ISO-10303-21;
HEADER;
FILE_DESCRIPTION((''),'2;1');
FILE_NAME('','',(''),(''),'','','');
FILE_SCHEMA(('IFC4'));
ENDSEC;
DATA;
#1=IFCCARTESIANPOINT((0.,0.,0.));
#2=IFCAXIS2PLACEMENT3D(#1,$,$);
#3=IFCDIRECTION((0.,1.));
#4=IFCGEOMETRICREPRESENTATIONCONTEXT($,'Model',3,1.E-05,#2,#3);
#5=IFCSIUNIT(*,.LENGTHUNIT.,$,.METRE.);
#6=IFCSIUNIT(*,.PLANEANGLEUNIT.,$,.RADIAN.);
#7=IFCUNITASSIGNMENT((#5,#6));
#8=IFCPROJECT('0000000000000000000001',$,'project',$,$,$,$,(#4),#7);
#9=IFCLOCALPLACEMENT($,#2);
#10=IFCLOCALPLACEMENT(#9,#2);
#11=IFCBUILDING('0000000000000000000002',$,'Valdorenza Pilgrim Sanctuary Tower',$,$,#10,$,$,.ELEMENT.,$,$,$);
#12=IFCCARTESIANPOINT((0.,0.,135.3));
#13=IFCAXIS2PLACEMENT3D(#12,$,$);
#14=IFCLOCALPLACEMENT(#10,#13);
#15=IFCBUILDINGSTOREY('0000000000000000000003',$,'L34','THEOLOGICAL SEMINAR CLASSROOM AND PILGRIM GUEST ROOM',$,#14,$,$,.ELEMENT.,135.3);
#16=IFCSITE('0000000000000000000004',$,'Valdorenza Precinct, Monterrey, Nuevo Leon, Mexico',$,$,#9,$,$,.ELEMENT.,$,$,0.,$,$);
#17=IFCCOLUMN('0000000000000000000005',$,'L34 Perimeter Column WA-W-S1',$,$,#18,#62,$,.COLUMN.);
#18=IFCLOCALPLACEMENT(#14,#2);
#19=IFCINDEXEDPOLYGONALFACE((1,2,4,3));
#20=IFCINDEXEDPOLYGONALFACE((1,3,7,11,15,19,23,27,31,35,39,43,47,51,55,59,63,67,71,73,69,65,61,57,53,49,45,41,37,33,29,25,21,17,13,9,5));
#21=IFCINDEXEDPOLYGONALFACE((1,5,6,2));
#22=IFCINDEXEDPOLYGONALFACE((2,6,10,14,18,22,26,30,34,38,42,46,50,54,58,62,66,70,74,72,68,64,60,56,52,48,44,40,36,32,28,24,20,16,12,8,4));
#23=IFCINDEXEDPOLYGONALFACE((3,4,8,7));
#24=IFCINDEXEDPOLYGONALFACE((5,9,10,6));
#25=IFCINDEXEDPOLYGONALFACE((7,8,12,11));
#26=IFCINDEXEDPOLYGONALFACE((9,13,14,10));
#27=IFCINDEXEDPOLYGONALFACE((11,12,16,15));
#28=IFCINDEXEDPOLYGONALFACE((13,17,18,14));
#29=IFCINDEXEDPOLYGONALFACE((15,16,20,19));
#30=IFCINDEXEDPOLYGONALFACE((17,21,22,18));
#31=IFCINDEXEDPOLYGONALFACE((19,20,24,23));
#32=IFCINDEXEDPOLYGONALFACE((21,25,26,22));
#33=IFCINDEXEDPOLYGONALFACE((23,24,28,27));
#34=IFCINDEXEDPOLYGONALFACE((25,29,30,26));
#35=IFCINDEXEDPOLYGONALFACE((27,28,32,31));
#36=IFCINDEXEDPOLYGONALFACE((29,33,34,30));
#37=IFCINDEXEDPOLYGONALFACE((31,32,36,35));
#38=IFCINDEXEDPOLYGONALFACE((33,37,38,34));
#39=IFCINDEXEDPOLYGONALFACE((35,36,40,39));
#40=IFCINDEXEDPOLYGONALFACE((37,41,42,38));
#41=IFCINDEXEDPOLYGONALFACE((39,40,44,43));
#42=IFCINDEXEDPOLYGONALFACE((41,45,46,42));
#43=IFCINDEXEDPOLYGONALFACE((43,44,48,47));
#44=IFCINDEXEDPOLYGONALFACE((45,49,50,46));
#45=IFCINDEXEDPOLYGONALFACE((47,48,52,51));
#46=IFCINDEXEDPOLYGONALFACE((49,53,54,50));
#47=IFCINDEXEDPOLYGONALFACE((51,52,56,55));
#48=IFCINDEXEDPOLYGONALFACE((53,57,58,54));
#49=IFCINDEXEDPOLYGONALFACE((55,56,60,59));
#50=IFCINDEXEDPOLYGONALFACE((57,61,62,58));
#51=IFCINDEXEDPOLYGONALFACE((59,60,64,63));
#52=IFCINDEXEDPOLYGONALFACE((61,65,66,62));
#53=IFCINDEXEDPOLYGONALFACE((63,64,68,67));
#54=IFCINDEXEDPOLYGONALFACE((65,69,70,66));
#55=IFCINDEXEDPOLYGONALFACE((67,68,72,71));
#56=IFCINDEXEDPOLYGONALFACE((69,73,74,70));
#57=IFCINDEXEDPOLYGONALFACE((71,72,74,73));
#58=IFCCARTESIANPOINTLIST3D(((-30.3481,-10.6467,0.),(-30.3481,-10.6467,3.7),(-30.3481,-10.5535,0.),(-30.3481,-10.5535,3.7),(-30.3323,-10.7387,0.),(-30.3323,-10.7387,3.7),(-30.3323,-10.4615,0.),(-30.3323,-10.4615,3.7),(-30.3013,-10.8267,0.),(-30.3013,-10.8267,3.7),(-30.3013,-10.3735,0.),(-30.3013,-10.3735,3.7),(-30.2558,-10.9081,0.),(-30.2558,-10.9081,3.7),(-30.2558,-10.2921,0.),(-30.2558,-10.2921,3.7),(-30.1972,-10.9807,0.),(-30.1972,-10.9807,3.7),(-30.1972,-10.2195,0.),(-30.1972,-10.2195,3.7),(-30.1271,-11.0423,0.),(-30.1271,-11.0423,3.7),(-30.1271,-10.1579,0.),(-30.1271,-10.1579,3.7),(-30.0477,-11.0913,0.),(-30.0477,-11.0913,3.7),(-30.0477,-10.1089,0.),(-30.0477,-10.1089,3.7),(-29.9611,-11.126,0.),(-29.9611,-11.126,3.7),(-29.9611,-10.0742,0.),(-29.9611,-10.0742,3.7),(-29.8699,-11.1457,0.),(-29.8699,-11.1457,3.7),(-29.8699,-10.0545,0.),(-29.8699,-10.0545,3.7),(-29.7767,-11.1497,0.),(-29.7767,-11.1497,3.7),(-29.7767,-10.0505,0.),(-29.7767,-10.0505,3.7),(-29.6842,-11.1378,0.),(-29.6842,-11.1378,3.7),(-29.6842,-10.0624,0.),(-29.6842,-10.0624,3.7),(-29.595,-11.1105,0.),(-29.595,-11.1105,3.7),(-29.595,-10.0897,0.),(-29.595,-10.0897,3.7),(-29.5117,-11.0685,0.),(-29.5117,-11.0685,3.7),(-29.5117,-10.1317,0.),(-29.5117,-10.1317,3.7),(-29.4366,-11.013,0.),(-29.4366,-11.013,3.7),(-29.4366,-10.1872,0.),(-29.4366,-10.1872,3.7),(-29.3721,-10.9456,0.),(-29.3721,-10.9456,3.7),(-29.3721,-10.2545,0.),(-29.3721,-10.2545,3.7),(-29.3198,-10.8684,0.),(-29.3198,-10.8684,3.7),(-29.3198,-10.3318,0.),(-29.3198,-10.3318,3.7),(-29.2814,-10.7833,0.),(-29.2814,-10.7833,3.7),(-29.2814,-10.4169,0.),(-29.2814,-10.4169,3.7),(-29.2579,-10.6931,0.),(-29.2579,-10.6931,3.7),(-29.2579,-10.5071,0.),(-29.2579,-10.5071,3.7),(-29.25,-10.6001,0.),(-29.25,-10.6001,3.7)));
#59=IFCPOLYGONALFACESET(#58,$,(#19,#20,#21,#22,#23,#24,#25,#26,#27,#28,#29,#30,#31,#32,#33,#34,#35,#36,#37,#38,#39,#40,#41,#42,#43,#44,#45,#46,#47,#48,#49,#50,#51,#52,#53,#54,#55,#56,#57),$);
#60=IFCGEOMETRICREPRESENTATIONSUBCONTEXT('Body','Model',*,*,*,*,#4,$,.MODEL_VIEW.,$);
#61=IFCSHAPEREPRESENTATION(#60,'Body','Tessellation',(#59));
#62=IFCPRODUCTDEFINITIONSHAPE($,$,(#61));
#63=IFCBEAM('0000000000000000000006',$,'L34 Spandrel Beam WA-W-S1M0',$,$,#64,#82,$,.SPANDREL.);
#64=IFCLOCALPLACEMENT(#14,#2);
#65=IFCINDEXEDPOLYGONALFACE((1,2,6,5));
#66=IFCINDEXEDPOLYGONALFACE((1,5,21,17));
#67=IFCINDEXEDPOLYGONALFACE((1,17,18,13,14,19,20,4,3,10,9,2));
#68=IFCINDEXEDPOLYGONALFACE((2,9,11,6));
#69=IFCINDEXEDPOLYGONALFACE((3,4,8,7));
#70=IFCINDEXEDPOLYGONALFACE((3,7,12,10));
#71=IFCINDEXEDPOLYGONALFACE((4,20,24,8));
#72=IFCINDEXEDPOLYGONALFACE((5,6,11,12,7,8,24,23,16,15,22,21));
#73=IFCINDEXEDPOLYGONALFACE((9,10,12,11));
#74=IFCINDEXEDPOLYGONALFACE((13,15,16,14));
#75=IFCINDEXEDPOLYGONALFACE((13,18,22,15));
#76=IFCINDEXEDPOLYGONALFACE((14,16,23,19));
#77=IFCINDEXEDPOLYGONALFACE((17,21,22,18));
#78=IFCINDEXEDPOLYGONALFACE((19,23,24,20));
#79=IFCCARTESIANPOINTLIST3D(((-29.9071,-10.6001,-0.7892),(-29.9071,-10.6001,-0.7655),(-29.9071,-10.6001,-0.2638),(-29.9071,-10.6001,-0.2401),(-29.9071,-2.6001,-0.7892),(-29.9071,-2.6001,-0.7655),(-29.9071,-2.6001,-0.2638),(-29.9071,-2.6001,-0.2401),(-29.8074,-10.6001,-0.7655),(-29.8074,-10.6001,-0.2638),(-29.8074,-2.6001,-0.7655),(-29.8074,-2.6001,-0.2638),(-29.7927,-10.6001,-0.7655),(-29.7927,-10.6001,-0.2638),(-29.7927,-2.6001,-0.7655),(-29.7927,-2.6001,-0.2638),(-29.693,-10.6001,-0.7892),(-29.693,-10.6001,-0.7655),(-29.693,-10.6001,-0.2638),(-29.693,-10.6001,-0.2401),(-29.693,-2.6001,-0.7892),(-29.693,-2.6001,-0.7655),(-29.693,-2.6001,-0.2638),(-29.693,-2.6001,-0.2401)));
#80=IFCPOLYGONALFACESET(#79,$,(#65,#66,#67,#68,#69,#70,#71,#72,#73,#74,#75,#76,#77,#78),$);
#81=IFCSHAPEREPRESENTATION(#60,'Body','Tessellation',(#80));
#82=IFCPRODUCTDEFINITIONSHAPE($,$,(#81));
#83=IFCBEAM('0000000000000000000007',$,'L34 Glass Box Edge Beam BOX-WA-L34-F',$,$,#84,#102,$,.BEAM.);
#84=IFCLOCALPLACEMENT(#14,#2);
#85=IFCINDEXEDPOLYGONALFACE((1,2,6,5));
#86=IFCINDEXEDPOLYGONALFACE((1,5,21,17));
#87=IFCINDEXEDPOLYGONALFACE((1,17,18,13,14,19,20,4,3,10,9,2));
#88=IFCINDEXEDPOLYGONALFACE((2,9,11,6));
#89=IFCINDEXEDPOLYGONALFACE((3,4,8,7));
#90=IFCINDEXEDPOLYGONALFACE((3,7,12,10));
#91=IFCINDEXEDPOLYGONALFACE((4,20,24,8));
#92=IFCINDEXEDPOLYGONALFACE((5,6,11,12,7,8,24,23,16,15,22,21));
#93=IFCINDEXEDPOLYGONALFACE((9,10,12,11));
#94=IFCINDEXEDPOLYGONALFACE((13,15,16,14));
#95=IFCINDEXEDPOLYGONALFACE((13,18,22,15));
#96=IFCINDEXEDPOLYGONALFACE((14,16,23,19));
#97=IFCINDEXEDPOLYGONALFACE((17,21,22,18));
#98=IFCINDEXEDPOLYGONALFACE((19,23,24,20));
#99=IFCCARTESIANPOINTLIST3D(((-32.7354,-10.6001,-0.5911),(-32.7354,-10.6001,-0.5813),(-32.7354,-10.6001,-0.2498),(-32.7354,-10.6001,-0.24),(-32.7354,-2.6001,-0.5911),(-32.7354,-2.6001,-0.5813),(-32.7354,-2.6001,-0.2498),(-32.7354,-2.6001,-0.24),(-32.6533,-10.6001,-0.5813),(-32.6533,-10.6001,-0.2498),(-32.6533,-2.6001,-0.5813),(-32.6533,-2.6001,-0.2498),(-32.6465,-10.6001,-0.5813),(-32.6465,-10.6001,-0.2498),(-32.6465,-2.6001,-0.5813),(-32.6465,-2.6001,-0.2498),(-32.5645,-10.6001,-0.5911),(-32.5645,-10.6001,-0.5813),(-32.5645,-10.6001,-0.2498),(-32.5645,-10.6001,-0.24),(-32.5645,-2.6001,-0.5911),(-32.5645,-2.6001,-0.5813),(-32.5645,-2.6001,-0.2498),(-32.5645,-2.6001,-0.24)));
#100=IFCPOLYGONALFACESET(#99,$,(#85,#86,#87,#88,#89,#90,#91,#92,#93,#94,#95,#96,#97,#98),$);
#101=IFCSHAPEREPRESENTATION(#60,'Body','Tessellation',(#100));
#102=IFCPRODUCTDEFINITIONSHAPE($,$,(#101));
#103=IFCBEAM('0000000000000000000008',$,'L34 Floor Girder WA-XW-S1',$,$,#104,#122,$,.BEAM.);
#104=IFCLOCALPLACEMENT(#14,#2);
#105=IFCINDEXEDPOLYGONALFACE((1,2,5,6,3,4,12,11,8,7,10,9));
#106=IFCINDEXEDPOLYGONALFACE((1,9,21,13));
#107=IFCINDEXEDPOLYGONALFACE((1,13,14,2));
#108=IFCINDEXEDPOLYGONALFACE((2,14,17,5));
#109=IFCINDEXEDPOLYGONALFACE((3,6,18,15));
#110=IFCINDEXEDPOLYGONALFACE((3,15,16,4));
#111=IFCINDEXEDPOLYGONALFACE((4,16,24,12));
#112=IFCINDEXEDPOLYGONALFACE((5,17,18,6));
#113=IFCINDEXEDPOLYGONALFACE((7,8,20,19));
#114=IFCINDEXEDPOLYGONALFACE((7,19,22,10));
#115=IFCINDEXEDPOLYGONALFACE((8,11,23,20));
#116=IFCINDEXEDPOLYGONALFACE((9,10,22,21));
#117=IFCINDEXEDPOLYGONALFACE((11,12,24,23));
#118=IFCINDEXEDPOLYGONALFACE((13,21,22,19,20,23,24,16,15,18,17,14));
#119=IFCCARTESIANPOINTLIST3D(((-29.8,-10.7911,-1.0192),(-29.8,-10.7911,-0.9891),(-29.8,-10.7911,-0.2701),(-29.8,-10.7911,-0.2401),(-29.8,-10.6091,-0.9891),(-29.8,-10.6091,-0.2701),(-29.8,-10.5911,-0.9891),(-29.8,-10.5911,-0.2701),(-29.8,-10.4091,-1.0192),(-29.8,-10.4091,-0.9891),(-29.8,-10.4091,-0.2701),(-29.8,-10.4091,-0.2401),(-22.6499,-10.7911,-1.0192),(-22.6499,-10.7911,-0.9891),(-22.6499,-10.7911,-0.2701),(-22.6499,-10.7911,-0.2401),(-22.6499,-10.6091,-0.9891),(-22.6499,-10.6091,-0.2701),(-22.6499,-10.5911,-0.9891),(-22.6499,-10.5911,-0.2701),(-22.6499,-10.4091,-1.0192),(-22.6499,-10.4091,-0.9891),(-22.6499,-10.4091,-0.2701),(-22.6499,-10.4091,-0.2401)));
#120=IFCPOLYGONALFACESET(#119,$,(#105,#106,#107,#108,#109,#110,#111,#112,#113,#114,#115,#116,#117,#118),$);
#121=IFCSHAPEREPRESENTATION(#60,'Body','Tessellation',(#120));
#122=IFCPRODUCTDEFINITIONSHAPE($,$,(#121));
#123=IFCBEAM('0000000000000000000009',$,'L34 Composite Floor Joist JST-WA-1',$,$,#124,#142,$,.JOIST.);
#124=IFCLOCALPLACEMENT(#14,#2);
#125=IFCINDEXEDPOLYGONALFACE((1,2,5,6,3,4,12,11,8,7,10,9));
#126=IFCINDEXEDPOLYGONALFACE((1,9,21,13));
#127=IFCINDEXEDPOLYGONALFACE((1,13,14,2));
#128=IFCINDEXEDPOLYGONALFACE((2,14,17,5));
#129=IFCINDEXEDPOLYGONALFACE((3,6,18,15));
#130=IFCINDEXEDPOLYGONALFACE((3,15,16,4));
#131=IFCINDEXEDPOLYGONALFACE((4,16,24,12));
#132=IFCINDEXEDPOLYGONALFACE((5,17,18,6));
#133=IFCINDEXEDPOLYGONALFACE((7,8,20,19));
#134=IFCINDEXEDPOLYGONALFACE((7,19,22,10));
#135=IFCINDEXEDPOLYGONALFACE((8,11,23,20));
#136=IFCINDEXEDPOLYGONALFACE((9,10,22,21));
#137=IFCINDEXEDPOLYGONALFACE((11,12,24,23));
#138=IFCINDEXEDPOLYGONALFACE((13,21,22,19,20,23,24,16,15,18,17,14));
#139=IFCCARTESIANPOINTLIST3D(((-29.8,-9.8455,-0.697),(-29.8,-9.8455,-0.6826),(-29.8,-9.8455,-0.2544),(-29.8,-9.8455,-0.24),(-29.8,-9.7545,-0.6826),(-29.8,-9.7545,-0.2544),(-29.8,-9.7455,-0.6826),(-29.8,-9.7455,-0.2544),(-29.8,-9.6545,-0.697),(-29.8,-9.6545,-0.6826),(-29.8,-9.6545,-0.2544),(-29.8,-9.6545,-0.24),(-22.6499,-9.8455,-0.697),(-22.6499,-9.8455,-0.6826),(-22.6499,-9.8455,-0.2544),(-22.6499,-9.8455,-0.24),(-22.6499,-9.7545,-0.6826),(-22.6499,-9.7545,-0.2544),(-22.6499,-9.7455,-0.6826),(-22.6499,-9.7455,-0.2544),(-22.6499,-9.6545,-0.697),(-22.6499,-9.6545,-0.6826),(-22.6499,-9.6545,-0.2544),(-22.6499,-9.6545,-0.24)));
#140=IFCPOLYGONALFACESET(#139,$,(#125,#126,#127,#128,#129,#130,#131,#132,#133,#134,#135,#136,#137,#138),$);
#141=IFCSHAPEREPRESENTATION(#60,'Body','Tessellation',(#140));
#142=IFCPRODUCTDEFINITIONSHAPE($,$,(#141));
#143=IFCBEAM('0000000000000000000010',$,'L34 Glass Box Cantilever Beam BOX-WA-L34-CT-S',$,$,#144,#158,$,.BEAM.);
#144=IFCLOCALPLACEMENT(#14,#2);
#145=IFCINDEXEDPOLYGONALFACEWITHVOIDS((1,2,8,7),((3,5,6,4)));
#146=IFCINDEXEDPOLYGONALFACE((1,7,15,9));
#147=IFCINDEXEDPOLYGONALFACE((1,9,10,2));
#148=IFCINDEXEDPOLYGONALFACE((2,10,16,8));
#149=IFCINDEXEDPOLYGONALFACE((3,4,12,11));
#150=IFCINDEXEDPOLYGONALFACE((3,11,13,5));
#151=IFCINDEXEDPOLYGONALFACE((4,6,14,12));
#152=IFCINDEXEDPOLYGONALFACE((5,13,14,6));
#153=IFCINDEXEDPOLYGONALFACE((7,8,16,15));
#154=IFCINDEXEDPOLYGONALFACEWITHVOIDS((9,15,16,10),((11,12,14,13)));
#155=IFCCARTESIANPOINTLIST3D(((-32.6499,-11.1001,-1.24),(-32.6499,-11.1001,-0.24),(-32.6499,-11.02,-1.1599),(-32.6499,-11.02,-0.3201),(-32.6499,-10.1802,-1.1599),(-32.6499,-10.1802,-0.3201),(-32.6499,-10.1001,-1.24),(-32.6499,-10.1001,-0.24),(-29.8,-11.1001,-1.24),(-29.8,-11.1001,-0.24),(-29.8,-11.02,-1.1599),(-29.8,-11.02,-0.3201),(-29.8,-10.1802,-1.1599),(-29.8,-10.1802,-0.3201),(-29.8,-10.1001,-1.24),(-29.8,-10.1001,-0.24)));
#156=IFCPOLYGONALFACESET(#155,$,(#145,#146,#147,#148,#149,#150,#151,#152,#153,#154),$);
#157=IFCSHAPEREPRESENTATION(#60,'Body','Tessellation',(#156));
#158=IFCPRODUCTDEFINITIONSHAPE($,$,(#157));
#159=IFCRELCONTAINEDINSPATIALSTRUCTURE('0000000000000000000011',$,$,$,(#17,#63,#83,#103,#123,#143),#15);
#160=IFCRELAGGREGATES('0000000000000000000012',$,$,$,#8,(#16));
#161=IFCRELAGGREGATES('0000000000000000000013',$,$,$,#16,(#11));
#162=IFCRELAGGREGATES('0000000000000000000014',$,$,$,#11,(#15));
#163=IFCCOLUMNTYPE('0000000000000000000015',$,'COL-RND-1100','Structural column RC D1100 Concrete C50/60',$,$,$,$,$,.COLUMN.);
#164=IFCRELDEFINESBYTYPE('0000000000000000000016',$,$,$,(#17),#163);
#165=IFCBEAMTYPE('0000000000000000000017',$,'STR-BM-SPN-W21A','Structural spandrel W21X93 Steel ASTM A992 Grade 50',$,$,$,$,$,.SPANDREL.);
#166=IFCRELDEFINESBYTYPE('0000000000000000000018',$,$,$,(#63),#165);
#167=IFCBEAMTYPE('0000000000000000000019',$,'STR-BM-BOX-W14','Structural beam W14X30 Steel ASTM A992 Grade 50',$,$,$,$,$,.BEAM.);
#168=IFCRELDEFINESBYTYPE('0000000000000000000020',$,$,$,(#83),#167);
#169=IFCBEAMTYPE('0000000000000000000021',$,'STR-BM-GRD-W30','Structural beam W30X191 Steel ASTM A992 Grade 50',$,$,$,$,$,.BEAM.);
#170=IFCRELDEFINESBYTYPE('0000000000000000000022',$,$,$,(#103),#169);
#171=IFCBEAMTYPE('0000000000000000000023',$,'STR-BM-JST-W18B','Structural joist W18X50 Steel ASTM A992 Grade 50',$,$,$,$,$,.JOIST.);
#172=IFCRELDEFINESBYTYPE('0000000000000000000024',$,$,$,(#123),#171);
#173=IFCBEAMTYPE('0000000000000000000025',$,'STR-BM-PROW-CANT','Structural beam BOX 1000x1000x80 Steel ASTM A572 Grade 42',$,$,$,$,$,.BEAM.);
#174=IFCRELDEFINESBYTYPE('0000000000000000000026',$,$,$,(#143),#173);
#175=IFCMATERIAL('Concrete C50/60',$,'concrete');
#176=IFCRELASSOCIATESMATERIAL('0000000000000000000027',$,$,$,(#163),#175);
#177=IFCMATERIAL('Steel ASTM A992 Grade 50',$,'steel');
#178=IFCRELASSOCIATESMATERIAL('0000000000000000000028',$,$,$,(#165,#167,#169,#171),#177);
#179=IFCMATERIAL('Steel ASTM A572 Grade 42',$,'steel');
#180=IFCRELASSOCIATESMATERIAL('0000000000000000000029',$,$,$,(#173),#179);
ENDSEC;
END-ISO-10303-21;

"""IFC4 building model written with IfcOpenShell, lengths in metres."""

from ifc_helpers import new_model, si_unit, direction, frame, origin, origin_2d, place, context, subcontext, project, spatial, hollow_rectangle, circle, i_section, extrude, source, transform, mapped, material, material_profile, profile_set, type_object, element, save


model = new_model("IFC4")

# Units and contexts
model_context = context("Model", 3, precision=1e-05, world=origin(), true_north=direction((0.0, 1.0)))
body_context = subcontext(model_context, "Body", "Model", "MODEL_VIEW")
ifc_project = project(units=[si_unit("LENGTHUNIT", "METRE"), si_unit("PLANEANGLEUNIT", "RADIAN")], contexts=[model_context])

# Site, building, storey
site_placement = place(None, origin())
site = spatial("IfcSite", under=ifc_project, at=site_placement, Name="Valdorenza Precinct, Monterrey, Nuevo Leon, Mexico", CompositionType="ELEMENT", RefElevation=0.0)
building_placement = place(site_placement, origin())
building = spatial("IfcBuilding", under=site, at=building_placement, Name="Valdorenza Pilgrim Sanctuary Tower", CompositionType="ELEMENT")
storey_placement = place(building_placement, frame((0.0, 0.0, 135.3)))
storey = spatial("IfcBuildingStorey", under=building, at=storey_placement, Name="L34", Description="THEOLOGICAL SEMINAR CLASSROOM AND PILGRIM GUEST ROOM", CompositionType="ELEMENT", Elevation=135.3)

# Column
ifc_material_1 = material(Name="Concrete C50/60", Category="concrete")
ifc_material_profile_1 = material_profile(ifc_material_1, circle(Radius=0.55, at=origin_2d()), Name="RC D1100")
ifc_profile_set_1 = profile_set([ifc_material_profile_1], Name="Concrete C50/60")
column_type = type_object("IfcColumnType", Name="COL-RND-1100", Description="Structural column RC D1100 Concrete C50/60", PredefinedType="COLUMN", material=ifc_profile_set_1)
shared_shape_1 = source(origin(), body_context, "Body", "SweptSolid", [
    extrude(circle(Radius=0.55, at=origin_2d()), origin(), (0.0, 0.0, 1.0), 3.7),
])
column_placement = place(storey_placement, frame((-29.8, -10.6001, 0.0), z_axis=(0.0, 0.0, 1.0), x_axis=(1.0, 0.0, 0.0)))
element("IfcColumn", 1, at=column_placement, inside=storey, type_object=column_type, Name="L34 Perimeter Column WA-W-S1", PredefinedType="COLUMN", context=body_context, shape_type="MappedRepresentation", body=[
    mapped(shared_shape_1, transform((0.0, 0.0, 0.0), x_axis=(1.0, 0.0, 0.0), y_axis=(0.0, 1.0, 0.0), z_axis=(0.0, 0.0, 1.0), scale=1.0)),
])

# Beams
ifc_material_2 = material(Name="Steel ASTM A992 Grade 50", Category="steel")
ifc_material_profile_2 = material_profile(ifc_material_2, i_section(OverallWidth=0.2141, OverallDepth=0.5491, WebThickness=0.0146, FlangeThickness=0.0237, at=origin_2d()), Name="W21X93")
ifc_profile_set_2 = profile_set([ifc_material_profile_2], Name="Steel ASTM A992 Grade 50")
beam_type_1 = type_object("IfcBeamType", Name="STR-BM-SPN-W21A", Description="Structural spandrel W21X93 Steel ASTM A992 Grade 50", PredefinedType="SPANDREL", material=ifc_profile_set_2)
shared_shape_2 = source(origin(), body_context, "Body", "SweptSolid", [
    extrude(i_section(OverallWidth=0.2141, OverallDepth=0.5491, WebThickness=0.0146, FlangeThickness=0.0237, at=origin_2d()), origin(), (0.0, 0.0, 1.0), 8.0),
])
beam_1_placement = place(storey_placement, frame((-29.8, -10.6001, -0.5146), z_axis=(0.0, 1.0, 0.0), x_axis=(-1.0, 0.0, 0.0)))
element("IfcBeam", 2, at=beam_1_placement, inside=storey, type_object=beam_type_1, Name="L34 Spandrel Beam WA-W-S1M0", PredefinedType="SPANDREL", context=body_context, shape_type="MappedRepresentation", body=[
    mapped(shared_shape_2, transform((0.0, 0.0, 0.0), x_axis=(1.0, 0.0, 0.0), y_axis=(0.0, 1.0, 0.0), z_axis=(0.0, 0.0, 1.0), scale=1.0)),
])
ifc_material_profile_3 = material_profile(ifc_material_2, i_section(OverallWidth=0.1709, OverallDepth=0.3511, WebThickness=0.0068, FlangeThickness=0.0098, at=origin_2d()), Name="W14X30")
ifc_profile_set_3 = profile_set([ifc_material_profile_3], Name="Steel ASTM A992 Grade 50")
beam_type_2 = type_object("IfcBeamType", Name="STR-BM-BOX-W14", Description="Structural beam W14X30 Steel ASTM A992 Grade 50", PredefinedType="BEAM", material=ifc_profile_set_3)
shared_shape_3 = source(origin(), body_context, "Body", "SweptSolid", [
    extrude(i_section(OverallWidth=0.1709, OverallDepth=0.3511, WebThickness=0.0068, FlangeThickness=0.0098, at=origin_2d()), origin(), (0.0, 0.0, 1.0), 8.0),
])
beam_2_placement = place(storey_placement, frame((-32.6499, -10.6001, -0.4155), z_axis=(0.0, 1.0, 0.0), x_axis=(-1.0, 0.0, 0.0)))
element("IfcBeam", 3, at=beam_2_placement, inside=storey, type_object=beam_type_2, Name="L34 Glass Box Edge Beam BOX-WA-L34-F", PredefinedType="BEAM", context=body_context, shape_type="MappedRepresentation", body=[
    mapped(shared_shape_3, transform((0.0, 0.0, 0.0), x_axis=(1.0, 0.0, 0.0), y_axis=(0.0, 1.0, 0.0), z_axis=(0.0, 0.0, 1.0), scale=1.0)),
])
ifc_material_profile_4 = material_profile(ifc_material_2, i_section(OverallWidth=0.3821, OverallDepth=0.7791, WebThickness=0.0181, FlangeThickness=0.03, at=origin_2d()), Name="W30X191")
ifc_profile_set_4 = profile_set([ifc_material_profile_4], Name="Steel ASTM A992 Grade 50")
beam_type_3 = type_object("IfcBeamType", Name="STR-BM-GRD-W30", Description="Structural beam W30X191 Steel ASTM A992 Grade 50", PredefinedType="BEAM", material=ifc_profile_set_4)
shared_shape_4 = source(origin(), body_context, "Body", "SweptSolid", [
    extrude(i_section(OverallWidth=0.3821, OverallDepth=0.7791, WebThickness=0.0181, FlangeThickness=0.03, at=origin_2d()), origin(), (0.0, 0.0, 1.0), 7.1501),
])
beam_3_placement = place(storey_placement, frame((-29.8, -10.6001, -0.6296), z_axis=(1.0, 0.0, 0.0), x_axis=(0.0, 1.0, 0.0)))
element("IfcBeam", 4, at=beam_3_placement, inside=storey, type_object=beam_type_3, Name="L34 Floor Girder WA-XW-S1", PredefinedType="BEAM", context=body_context, shape_type="MappedRepresentation", body=[
    mapped(shared_shape_4, transform((0.0, 0.0, 0.0), x_axis=(1.0, 0.0, 0.0), y_axis=(0.0, 1.0, 0.0), z_axis=(0.0, 0.0, 1.0), scale=1.0)),
])
ifc_material_profile_5 = material_profile(ifc_material_2, i_section(OverallWidth=0.1909, OverallDepth=0.457, WebThickness=0.009, FlangeThickness=0.0144, at=origin_2d()), Name="W18X50")
ifc_profile_set_5 = profile_set([ifc_material_profile_5], Name="Steel ASTM A992 Grade 50")
beam_type_4 = type_object("IfcBeamType", Name="STR-BM-JST-W18B", Description="Structural joist W18X50 Steel ASTM A992 Grade 50", PredefinedType="JOIST", material=ifc_profile_set_5)
shared_shape_5 = source(origin(), body_context, "Body", "SweptSolid", [
    extrude(i_section(OverallWidth=0.1909, OverallDepth=0.457, WebThickness=0.009, FlangeThickness=0.0144, at=origin_2d()), origin(), (0.0, 0.0, 1.0), 7.1501),
])
beam_4_placement = place(storey_placement, frame((-29.8, -9.75, -0.4685), z_axis=(1.0, 0.0, 0.0), x_axis=(0.0, 1.0, 0.0)))
element("IfcBeam", 5, at=beam_4_placement, inside=storey, type_object=beam_type_4, Name="L34 Composite Floor Joist JST-WA-1", PredefinedType="JOIST", context=body_context, shape_type="MappedRepresentation", body=[
    mapped(shared_shape_5, transform((0.0, 0.0, 0.0), x_axis=(1.0, 0.0, 0.0), y_axis=(0.0, 1.0, 0.0), z_axis=(0.0, 0.0, 1.0), scale=1.0)),
])
ifc_material_3 = material(Name="Steel ASTM A572 Grade 42", Category="steel")
ifc_material_profile_6 = material_profile(ifc_material_3, hollow_rectangle(XDim=1.0, YDim=1.0, WallThickness=0.0801, at=origin_2d()), Name="BOX 1000x1000x80")
ifc_profile_set_6 = profile_set([ifc_material_profile_6], Name="Steel ASTM A572 Grade 42")
beam_type_5 = type_object("IfcBeamType", Name="STR-BM-PROW-CANT", Description="Structural beam BOX 1000x1000x80 Steel ASTM A572 Grade 42", PredefinedType="BEAM", material=ifc_profile_set_6)
shared_shape_6 = source(origin(), body_context, "Body", "SweptSolid", [
    extrude(hollow_rectangle(XDim=1.0, YDim=1.0, WallThickness=0.0801, at=origin_2d()), origin(), (0.0, 0.0, 1.0), 2.8499),
])
beam_5_placement = place(storey_placement, frame((-29.8, -10.6001, -0.74), z_axis=(-1.0, 0.0, 0.0), x_axis=(0.0, -1.0, 0.0)))
element("IfcBeam", 6, at=beam_5_placement, inside=storey, type_object=beam_type_5, Name="L34 Glass Box Cantilever Beam BOX-WA-L34-CT-S", PredefinedType="BEAM", context=body_context, shape_type="MappedRepresentation", body=[
    mapped(shared_shape_6, transform((0.0, 0.0, 0.0), x_axis=(1.0, 0.0, 0.0), y_axis=(0.0, 1.0, 0.0), z_axis=(0.0, 0.0, 1.0), scale=1.0)),
])

save(model, "model.ifc")
